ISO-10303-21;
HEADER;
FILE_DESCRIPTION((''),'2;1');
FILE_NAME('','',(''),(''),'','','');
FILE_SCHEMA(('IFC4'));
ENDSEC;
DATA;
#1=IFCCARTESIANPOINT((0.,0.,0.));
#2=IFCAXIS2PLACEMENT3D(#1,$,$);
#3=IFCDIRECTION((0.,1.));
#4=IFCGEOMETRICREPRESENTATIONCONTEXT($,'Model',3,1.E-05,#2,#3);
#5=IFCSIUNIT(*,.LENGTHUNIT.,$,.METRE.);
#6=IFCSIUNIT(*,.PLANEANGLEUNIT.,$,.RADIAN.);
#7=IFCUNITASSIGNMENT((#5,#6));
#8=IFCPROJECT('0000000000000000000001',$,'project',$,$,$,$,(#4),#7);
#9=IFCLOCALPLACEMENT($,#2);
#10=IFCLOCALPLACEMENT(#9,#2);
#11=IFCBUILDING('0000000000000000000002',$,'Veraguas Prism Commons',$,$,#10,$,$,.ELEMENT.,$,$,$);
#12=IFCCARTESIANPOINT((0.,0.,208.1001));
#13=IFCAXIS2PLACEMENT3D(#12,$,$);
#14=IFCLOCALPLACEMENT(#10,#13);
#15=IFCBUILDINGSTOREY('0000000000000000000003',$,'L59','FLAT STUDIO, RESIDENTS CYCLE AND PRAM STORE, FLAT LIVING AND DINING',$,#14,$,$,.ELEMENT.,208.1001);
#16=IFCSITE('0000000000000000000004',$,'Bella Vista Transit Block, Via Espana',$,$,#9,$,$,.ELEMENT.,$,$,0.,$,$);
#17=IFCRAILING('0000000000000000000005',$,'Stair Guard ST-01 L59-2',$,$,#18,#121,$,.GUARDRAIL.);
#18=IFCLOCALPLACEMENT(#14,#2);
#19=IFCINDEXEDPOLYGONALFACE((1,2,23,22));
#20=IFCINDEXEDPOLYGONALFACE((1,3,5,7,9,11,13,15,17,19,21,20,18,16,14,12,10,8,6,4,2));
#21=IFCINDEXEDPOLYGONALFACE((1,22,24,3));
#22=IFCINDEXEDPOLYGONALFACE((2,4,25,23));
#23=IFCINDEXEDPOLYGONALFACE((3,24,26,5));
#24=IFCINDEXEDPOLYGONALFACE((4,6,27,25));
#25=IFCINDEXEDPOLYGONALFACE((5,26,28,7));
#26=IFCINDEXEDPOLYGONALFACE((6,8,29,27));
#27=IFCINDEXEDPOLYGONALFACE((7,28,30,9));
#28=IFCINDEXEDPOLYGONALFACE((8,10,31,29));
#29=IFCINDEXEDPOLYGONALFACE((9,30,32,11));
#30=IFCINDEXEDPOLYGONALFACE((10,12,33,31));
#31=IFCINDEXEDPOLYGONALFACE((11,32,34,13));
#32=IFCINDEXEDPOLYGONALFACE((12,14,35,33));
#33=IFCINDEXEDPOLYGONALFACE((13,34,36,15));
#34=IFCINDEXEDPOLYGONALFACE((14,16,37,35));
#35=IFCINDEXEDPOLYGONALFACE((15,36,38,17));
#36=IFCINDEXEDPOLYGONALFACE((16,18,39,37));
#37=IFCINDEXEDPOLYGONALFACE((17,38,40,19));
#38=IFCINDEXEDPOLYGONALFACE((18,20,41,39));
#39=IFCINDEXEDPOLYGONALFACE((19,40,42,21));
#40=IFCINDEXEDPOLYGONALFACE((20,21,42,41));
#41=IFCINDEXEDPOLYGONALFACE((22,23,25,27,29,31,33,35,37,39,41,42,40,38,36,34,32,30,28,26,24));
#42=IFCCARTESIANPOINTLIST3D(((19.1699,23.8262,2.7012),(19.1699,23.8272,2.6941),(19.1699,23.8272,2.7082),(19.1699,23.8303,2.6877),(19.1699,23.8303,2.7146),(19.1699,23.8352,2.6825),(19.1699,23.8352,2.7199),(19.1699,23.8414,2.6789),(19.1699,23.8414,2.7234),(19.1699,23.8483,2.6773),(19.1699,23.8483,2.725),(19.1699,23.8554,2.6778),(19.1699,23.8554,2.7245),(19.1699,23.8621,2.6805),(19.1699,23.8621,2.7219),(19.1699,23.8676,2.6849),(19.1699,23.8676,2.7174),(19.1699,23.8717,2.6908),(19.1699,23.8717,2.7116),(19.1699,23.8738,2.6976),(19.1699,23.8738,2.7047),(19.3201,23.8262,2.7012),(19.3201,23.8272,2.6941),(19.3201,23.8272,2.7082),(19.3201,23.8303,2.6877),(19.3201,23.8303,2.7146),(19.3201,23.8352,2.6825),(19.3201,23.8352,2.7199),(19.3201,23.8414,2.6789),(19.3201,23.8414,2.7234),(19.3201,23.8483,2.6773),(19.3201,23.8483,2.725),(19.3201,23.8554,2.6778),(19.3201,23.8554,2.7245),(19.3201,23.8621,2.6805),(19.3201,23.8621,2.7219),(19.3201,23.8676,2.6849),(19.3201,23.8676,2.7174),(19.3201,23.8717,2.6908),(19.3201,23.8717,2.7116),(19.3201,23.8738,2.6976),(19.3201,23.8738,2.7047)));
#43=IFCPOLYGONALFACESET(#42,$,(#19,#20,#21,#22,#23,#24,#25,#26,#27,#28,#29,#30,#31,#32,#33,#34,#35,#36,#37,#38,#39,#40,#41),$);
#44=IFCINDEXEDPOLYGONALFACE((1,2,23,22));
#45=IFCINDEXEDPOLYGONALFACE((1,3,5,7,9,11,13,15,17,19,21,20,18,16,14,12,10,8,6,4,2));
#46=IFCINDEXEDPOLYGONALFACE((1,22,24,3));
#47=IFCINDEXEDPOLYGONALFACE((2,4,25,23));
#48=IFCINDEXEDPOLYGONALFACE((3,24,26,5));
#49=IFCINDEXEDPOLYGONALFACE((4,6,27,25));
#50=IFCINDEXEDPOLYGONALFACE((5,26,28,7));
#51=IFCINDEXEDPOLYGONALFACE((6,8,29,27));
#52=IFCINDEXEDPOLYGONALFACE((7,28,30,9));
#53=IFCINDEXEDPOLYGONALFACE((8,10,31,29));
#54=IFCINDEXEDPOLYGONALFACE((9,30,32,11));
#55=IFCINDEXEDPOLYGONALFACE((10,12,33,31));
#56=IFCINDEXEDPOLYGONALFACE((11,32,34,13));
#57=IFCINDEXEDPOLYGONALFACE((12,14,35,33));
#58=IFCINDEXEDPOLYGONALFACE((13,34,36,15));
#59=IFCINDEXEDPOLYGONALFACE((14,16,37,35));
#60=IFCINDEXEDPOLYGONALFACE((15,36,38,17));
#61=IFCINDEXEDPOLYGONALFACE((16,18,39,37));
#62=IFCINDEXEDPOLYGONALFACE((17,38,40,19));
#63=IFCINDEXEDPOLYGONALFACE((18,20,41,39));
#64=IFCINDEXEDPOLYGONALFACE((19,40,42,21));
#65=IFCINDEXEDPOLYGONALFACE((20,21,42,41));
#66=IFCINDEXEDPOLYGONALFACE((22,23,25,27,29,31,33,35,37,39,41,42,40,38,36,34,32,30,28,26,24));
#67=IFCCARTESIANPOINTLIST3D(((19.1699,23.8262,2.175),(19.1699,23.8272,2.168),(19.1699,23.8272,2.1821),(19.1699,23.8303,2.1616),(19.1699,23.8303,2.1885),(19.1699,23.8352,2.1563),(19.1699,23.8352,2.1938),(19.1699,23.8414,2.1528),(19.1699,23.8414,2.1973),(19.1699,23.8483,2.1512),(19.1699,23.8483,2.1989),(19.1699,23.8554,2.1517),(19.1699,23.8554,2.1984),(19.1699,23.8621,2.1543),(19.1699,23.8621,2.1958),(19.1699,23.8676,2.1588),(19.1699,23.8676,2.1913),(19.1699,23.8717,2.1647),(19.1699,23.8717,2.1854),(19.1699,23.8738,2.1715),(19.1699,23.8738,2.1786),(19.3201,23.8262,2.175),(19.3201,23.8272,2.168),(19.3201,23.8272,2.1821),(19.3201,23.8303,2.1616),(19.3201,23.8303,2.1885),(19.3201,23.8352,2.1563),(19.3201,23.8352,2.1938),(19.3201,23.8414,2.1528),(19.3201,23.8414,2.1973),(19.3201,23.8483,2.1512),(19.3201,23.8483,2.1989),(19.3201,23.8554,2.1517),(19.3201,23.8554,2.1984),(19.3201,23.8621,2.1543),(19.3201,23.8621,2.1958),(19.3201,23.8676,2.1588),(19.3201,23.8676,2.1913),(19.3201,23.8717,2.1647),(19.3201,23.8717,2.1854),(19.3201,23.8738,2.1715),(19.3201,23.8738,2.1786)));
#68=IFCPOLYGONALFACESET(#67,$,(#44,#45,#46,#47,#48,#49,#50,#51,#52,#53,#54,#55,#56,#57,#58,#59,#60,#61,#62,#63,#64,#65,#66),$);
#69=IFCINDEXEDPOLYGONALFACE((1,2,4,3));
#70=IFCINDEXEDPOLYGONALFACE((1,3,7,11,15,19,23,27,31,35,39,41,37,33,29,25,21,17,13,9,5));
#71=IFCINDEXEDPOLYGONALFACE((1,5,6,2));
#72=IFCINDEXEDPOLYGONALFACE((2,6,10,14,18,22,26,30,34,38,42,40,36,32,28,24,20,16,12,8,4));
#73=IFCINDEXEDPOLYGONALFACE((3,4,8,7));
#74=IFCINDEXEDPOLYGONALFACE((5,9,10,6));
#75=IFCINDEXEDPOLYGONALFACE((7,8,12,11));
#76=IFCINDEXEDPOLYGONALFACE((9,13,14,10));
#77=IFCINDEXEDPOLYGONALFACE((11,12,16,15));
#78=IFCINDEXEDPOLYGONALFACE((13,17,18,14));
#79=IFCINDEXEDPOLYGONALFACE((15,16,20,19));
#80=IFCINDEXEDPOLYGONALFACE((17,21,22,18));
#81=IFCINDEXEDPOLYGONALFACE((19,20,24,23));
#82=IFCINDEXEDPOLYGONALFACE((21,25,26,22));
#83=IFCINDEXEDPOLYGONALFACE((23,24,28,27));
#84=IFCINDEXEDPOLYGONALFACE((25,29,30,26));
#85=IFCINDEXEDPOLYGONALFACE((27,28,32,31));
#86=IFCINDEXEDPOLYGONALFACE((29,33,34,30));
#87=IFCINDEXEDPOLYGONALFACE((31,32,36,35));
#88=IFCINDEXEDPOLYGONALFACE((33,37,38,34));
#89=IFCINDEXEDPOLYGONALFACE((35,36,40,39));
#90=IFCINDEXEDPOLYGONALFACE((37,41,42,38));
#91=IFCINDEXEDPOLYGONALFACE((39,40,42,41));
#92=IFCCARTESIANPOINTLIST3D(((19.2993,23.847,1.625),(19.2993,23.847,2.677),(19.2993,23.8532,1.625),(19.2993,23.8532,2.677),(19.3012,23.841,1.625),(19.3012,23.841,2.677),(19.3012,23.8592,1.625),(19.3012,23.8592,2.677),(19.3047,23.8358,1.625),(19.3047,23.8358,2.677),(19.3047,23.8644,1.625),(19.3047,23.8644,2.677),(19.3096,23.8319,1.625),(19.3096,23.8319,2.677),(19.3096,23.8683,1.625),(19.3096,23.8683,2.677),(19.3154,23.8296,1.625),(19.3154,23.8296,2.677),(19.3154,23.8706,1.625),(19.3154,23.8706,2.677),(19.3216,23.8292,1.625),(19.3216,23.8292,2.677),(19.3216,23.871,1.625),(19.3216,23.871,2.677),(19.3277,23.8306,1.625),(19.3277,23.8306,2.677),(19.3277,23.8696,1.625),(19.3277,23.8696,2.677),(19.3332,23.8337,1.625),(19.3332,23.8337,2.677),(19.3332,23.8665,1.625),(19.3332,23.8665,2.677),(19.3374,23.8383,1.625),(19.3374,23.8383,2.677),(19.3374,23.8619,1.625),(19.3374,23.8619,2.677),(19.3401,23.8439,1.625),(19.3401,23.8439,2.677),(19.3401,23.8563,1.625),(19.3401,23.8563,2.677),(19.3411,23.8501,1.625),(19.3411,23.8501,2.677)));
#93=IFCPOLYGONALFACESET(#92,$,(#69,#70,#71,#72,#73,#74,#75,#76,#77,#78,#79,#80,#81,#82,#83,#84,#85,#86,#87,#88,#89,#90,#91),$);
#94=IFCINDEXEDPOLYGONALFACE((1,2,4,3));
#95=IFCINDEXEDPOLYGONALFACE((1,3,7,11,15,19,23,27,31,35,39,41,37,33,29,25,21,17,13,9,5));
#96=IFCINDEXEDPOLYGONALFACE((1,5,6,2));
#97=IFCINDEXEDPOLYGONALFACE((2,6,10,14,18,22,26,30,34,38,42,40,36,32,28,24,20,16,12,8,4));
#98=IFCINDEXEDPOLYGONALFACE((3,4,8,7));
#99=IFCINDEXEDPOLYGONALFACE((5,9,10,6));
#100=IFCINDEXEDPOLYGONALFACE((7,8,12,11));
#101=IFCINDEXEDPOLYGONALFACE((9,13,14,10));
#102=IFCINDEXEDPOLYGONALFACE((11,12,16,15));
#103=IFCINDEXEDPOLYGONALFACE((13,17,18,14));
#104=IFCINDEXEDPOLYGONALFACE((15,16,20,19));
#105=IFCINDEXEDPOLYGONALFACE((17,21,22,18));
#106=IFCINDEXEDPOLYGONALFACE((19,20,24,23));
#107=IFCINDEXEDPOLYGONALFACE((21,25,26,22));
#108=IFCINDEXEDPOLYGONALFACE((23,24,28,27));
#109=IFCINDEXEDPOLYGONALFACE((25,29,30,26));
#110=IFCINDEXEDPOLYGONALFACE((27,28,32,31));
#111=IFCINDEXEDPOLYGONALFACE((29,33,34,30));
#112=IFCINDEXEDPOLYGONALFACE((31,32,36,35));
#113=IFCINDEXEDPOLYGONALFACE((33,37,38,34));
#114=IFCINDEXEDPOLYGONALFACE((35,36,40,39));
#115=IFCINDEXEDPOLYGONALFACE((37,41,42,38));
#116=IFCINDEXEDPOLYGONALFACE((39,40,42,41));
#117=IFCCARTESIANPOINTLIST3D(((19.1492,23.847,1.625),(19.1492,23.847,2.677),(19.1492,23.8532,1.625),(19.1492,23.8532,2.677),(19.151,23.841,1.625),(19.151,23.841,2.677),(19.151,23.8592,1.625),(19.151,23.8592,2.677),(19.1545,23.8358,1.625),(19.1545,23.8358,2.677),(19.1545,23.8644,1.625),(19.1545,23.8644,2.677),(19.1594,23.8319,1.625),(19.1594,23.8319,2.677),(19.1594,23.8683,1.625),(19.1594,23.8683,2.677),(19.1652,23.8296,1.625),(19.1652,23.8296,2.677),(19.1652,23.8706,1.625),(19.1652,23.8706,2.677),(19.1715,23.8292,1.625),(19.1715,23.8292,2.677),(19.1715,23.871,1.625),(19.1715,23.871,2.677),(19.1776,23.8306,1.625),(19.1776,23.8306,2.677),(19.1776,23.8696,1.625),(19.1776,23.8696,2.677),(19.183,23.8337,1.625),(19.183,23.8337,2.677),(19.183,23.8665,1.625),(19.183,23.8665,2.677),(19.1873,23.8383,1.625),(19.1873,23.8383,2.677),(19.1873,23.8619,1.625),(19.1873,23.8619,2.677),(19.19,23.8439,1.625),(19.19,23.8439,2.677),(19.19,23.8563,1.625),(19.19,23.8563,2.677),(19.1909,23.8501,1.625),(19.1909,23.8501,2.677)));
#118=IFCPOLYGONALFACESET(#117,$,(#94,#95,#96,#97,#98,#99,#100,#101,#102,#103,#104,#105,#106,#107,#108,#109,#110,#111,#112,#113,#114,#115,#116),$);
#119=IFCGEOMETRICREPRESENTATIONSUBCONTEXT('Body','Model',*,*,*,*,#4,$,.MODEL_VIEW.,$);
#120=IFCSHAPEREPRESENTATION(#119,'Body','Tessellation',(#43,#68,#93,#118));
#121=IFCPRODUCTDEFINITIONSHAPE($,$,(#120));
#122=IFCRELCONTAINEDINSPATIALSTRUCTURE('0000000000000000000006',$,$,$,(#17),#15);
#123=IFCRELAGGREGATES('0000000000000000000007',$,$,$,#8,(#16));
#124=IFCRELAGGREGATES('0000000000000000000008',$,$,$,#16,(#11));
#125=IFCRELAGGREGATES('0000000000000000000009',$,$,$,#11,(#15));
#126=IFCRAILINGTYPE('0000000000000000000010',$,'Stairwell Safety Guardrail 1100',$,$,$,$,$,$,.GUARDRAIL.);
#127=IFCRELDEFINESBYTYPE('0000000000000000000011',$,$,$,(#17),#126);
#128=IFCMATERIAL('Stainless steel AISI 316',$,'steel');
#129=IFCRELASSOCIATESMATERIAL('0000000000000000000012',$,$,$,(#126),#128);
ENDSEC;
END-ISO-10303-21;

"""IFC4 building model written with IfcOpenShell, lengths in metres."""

from ifc_helpers import new_model, si_unit, direction, frame, origin, origin_2d, place, context, subcontext, project, spatial, circle, extrude, material, type_object, element, save


model = new_model("IFC4")

# Units and contexts
model_context = context("Model", 3, precision=1e-05, world=origin(), true_north=direction((0.0, 1.0)))
body_context = subcontext(model_context, "Body", "Model", "MODEL_VIEW")
ifc_project = project(units=[si_unit("LENGTHUNIT", "METRE"), si_unit("PLANEANGLEUNIT", "RADIAN")], contexts=[model_context])

# Site, building, storey
site_placement = place(None, origin())
site = spatial("IfcSite", under=ifc_project, at=site_placement, Name="Bella Vista Transit Block, Via Espana", CompositionType="ELEMENT", RefElevation=0.0)
building_placement = place(site_placement, origin())
building = spatial("IfcBuilding", under=site, at=building_placement, Name="Veraguas Prism Commons", CompositionType="ELEMENT")
storey_placement = place(building_placement, frame((0.0, 0.0, 208.1001)))
storey = spatial("IfcBuildingStorey", under=building, at=storey_placement, Name="L59", Description="FLAT STUDIO, RESIDENTS CYCLE AND PRAM STORE, FLAT LIVING AND DINING", CompositionType="ELEMENT", Elevation=208.1001)

# Shared definitions
ifc_material_1 = material(Name="Stainless steel AISI 316", Category="steel")

# Railing
railing_type_1 = type_object("IfcRailingType", Name="Stairwell Safety Guardrail 1100", PredefinedType="GUARDRAIL", material=ifc_material_1)
railing_1_placement = place(storey_placement, frame((19.3201, 23.8501, 1.625)))
element("IfcRailing", 1, at=railing_1_placement, inside=storey, type_object=railing_type_1, Name="Stair Guard ST-01 L59-2", PredefinedType="GUARDRAIL", context=body_context, shape_type="SweptSolid", body=[
    extrude(circle(Radius=0.0239, at=origin_2d()), frame((0.0, 0.0, 1.0762), z_axis=(-1.0, 0.0, 0.0), x_axis=(0.0, -1.0, 0.0)), (0.0, 0.0, 1.0), 0.1501),
    extrude(circle(Radius=0.0239, at=origin_2d()), frame((0.0, 0.0, 0.55), z_axis=(-1.0, 0.0, 0.0), x_axis=(0.0, -1.0, 0.0)), (0.0, 0.0, 1.0), 0.1501),
    extrude(circle(Radius=0.021, at=origin_2d()), origin(), (0.0, 0.0, 1.0), 1.052),
    extrude(circle(Radius=0.021, at=origin_2d()), frame((-0.1501, 0.0, 0.0)), (0.0, 0.0, 1.0), 1.052),
])

save(model, "model.ifc")
